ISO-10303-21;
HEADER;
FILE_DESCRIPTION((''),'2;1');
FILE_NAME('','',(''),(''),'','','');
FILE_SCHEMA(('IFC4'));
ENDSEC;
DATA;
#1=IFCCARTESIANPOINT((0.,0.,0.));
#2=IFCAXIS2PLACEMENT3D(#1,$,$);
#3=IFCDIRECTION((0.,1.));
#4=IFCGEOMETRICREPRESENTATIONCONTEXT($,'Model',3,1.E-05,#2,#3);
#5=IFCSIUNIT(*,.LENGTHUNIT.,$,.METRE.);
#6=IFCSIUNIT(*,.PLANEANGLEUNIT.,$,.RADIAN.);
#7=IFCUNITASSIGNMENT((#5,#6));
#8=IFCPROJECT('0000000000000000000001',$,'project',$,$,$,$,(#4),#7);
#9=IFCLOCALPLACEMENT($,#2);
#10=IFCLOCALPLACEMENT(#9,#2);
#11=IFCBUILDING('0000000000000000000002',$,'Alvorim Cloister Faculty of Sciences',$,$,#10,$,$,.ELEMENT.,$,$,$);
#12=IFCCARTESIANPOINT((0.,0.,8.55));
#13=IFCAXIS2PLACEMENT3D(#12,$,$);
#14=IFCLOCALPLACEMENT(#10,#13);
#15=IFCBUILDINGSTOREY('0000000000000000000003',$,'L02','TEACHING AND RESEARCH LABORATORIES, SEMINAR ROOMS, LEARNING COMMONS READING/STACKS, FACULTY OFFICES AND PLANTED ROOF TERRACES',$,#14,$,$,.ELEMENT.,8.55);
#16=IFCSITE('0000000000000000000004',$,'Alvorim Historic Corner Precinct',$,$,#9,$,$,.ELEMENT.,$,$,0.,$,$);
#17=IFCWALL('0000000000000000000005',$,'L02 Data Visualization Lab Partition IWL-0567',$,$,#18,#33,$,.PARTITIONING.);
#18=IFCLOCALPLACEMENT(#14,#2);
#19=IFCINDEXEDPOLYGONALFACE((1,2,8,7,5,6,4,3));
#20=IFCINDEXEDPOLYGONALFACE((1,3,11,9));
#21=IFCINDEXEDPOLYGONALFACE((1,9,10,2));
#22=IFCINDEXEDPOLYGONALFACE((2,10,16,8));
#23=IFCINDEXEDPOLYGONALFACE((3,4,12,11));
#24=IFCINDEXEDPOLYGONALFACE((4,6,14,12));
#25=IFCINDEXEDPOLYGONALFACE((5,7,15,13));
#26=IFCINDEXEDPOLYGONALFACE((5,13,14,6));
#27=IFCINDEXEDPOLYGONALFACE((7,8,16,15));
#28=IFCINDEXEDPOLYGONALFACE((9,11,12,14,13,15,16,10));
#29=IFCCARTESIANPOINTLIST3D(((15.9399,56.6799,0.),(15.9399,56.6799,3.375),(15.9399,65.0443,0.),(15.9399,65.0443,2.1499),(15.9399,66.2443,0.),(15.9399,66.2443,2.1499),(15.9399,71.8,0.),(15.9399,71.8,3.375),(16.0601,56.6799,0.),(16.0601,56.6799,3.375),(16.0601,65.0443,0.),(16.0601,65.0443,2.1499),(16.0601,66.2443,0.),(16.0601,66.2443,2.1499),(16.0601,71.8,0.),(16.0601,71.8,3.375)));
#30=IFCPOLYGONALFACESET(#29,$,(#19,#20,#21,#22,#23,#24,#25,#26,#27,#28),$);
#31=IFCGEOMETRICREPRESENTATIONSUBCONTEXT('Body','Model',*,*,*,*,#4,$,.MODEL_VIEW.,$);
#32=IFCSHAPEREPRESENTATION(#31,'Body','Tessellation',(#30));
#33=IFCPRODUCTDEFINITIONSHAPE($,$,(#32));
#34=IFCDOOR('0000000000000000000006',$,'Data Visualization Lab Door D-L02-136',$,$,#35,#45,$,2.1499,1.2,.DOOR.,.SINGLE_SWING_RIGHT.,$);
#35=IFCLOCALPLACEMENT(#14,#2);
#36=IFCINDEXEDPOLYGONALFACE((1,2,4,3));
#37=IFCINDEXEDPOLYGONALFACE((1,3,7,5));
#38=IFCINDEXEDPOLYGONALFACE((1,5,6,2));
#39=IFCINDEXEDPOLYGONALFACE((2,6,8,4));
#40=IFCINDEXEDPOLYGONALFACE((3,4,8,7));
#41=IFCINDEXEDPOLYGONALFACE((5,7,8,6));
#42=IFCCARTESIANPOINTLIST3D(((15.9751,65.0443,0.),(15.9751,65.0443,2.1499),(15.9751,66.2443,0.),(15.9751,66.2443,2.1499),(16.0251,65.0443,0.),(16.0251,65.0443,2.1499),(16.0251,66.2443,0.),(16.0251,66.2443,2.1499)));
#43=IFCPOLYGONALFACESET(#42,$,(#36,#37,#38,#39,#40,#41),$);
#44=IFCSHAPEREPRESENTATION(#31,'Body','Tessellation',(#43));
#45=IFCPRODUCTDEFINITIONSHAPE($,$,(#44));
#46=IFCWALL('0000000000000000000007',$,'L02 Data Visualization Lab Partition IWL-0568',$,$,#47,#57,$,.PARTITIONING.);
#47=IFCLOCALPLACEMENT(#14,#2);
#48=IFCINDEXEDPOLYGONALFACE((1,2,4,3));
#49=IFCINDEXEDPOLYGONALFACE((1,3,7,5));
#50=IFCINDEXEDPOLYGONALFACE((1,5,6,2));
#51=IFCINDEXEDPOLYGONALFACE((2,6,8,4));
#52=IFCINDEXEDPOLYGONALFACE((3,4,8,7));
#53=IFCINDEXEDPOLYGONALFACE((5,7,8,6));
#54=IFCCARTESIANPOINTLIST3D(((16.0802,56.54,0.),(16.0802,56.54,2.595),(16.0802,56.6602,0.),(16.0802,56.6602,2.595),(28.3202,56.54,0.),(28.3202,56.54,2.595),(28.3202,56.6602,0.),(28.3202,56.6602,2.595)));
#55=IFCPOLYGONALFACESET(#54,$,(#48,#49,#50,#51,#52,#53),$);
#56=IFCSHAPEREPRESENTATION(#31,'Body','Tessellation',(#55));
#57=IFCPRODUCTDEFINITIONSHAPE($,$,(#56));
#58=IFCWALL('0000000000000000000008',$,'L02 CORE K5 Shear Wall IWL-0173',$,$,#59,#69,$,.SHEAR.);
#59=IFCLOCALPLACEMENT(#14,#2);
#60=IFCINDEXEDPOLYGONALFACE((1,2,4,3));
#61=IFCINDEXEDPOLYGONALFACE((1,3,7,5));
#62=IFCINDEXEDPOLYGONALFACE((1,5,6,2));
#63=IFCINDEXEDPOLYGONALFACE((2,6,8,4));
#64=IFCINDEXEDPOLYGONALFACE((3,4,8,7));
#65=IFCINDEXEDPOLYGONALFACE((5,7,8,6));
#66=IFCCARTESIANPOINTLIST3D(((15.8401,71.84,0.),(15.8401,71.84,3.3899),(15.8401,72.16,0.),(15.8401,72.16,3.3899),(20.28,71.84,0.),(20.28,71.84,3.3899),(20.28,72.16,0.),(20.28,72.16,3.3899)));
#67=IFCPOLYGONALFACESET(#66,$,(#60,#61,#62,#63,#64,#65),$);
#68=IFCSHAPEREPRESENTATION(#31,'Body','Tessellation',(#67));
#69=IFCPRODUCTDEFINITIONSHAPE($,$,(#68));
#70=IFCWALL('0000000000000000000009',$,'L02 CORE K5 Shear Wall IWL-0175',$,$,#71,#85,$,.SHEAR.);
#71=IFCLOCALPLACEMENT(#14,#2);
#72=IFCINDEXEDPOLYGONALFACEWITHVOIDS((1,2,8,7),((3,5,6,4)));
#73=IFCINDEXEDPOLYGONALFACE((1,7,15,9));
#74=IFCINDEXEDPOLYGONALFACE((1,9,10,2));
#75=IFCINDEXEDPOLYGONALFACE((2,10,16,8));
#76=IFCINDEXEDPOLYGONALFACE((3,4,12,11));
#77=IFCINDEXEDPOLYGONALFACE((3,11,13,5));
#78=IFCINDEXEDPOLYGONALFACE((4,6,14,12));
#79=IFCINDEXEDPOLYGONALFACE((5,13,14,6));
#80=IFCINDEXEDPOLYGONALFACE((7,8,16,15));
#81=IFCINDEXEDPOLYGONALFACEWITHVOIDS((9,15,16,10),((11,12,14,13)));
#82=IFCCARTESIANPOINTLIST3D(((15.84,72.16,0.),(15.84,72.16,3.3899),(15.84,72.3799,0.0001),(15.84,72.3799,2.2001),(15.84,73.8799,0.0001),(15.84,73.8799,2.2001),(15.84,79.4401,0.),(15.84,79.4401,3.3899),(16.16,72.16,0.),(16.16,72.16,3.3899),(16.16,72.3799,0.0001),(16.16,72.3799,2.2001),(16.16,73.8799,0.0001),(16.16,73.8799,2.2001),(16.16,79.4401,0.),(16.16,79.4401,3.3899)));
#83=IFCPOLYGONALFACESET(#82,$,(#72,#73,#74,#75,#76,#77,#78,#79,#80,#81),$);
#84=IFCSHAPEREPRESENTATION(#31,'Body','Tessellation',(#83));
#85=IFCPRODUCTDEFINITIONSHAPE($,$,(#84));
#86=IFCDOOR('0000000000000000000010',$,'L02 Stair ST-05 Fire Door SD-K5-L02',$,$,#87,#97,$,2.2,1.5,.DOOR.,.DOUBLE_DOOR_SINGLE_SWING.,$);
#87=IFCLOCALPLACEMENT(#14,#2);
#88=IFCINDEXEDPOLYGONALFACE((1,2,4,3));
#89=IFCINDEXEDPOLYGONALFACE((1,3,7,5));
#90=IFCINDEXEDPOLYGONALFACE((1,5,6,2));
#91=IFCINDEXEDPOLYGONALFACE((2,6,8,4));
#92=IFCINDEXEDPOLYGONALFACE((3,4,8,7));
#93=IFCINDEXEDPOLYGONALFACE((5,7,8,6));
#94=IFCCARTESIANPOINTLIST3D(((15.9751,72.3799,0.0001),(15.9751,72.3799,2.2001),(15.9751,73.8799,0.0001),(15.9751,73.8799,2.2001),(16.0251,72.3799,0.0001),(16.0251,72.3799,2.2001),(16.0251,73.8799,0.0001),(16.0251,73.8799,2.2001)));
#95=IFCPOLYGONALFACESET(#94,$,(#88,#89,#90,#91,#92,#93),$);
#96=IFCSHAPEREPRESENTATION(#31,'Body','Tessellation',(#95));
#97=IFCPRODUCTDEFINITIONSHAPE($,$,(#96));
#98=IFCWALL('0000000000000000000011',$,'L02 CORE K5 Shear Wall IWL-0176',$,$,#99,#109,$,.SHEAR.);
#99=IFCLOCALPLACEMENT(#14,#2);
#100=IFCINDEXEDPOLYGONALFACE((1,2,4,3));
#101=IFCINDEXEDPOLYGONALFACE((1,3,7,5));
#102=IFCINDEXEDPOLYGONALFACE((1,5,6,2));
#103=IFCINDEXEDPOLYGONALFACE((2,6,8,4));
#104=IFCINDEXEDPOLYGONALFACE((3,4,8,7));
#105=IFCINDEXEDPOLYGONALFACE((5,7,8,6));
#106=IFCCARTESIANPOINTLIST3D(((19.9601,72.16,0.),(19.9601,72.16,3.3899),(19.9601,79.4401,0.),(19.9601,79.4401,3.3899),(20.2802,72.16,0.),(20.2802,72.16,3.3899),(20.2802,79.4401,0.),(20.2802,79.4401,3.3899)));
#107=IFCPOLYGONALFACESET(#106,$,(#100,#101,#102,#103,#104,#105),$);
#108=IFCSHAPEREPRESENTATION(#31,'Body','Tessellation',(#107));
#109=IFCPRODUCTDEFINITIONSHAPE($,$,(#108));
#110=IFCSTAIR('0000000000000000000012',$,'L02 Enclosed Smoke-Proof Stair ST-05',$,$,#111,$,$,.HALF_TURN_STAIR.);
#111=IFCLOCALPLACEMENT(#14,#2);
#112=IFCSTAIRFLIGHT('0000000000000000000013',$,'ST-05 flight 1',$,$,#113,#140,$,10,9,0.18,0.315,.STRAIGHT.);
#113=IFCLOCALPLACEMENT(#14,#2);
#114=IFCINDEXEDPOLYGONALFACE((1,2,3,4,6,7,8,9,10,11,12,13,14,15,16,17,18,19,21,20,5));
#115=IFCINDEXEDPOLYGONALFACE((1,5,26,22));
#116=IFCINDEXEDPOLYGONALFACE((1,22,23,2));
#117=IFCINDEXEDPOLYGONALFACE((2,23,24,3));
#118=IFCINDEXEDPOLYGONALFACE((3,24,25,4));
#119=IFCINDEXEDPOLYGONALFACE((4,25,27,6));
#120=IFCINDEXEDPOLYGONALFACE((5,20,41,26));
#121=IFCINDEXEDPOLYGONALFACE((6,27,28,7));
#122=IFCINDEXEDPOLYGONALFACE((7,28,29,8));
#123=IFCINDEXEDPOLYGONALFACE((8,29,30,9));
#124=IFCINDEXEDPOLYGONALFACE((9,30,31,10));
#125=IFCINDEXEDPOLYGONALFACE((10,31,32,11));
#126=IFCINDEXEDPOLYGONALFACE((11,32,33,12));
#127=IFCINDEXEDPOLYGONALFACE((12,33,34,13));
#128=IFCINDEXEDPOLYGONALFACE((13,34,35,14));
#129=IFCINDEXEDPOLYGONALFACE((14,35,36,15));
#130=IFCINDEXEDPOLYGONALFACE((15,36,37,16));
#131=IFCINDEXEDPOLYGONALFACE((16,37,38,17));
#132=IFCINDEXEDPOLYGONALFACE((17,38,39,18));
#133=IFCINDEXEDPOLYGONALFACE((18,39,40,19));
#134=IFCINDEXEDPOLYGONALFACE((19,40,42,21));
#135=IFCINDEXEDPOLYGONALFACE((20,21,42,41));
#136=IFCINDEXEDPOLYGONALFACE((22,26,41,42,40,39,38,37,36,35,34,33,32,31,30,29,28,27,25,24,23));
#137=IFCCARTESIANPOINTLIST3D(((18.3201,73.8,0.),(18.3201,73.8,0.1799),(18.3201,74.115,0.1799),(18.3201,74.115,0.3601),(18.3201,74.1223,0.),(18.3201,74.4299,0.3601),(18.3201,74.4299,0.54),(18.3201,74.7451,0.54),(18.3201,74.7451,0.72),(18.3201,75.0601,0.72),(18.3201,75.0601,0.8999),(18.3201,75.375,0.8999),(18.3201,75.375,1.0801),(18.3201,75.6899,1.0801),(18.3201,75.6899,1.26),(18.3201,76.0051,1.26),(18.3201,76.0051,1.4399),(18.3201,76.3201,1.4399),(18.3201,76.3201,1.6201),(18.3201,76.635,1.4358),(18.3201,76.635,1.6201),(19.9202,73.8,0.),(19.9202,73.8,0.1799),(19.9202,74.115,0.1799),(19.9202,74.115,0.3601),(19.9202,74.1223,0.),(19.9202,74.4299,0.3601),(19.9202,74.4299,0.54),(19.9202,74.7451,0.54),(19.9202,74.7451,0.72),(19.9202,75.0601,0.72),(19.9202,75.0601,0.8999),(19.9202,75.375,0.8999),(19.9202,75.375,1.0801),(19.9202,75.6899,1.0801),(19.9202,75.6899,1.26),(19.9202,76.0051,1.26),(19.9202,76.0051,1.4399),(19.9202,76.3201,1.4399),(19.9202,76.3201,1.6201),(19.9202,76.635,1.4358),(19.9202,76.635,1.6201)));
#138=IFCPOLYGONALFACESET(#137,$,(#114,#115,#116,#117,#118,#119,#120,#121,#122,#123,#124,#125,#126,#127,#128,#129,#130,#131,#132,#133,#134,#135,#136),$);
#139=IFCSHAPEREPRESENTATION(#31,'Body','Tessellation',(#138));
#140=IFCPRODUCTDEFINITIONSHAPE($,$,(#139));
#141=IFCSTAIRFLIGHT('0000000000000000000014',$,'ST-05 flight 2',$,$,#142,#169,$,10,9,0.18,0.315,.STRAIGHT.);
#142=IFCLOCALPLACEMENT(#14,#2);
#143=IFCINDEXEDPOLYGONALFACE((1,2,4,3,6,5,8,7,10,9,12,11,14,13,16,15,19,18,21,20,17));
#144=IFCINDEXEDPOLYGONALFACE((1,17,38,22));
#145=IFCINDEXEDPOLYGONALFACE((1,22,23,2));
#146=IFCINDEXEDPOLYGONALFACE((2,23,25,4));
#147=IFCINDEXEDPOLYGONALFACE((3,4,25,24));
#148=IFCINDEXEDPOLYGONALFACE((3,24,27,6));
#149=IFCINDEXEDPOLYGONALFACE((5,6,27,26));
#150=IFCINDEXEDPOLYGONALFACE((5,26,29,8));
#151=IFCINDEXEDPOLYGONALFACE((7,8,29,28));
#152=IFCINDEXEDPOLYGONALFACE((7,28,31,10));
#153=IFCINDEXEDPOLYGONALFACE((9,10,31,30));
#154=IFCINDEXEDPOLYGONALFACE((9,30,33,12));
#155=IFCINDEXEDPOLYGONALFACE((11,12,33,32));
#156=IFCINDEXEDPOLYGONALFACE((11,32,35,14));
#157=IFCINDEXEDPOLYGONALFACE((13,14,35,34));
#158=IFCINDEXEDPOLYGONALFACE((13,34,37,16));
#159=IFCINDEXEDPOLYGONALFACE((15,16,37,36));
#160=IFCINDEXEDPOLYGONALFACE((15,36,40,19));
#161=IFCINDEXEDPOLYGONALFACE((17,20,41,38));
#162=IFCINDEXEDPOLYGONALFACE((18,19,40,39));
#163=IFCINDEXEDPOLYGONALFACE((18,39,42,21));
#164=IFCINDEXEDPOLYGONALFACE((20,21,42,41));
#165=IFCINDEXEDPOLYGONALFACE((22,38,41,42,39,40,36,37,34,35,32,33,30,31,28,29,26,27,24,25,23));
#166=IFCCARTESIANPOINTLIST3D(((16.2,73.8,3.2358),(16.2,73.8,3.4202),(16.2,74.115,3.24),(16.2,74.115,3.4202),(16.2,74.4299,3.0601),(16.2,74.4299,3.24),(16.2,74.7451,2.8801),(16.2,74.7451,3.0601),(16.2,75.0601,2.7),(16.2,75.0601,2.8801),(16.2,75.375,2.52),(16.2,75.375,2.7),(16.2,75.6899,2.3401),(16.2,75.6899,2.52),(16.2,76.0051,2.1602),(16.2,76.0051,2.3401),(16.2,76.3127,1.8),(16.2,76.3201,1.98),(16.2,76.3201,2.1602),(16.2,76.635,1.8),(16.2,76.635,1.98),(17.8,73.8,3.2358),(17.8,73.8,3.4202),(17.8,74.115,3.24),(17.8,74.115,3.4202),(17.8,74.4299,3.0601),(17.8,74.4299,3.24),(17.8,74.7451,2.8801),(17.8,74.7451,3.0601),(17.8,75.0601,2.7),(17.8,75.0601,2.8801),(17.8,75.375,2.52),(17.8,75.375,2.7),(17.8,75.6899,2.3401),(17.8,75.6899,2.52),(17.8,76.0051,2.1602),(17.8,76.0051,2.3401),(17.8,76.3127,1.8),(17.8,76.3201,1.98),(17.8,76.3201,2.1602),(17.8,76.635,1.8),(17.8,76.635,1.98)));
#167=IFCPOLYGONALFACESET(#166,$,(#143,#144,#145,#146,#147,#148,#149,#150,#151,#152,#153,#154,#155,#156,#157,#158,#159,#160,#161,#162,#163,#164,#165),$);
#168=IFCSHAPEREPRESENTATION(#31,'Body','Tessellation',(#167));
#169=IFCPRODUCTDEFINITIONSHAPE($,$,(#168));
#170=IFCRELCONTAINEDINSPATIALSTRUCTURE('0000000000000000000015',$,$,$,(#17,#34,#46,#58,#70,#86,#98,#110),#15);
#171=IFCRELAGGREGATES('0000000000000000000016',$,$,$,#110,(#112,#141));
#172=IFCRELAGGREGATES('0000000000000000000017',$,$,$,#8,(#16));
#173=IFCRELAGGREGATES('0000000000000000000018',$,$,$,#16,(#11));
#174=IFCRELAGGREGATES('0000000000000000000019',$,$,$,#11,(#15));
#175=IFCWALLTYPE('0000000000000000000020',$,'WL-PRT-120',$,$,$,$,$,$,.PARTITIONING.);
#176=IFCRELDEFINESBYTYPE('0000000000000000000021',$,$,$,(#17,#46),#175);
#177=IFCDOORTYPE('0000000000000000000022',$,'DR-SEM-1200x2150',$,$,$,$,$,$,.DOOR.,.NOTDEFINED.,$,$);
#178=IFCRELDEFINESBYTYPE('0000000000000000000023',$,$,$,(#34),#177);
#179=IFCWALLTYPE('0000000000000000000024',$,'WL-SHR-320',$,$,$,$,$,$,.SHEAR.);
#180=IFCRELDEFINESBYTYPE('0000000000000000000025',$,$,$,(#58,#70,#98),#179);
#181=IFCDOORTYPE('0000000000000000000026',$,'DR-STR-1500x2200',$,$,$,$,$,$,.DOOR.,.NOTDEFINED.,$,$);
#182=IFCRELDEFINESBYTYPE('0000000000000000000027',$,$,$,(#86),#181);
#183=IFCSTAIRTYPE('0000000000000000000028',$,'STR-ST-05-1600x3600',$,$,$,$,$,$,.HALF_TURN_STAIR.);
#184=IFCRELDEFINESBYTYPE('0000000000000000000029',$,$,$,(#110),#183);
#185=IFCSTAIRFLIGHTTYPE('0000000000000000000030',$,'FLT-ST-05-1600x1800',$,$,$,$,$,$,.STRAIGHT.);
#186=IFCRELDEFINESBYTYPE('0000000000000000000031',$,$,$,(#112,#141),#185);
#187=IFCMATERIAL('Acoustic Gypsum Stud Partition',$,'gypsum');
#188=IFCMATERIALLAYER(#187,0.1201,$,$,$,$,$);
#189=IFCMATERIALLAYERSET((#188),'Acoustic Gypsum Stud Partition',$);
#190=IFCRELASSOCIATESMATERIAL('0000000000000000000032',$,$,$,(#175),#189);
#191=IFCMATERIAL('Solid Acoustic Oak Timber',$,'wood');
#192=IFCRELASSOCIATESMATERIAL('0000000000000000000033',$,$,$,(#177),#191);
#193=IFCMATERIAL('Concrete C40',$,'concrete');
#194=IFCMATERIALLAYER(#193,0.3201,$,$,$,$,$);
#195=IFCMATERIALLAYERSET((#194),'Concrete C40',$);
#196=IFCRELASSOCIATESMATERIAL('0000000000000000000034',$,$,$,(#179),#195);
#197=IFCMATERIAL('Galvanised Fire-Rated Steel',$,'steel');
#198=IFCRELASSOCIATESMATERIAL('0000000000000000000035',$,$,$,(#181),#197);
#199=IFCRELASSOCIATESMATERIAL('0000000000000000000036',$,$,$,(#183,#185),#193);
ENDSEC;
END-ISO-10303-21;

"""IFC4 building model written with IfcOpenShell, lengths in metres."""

from ifc_helpers import new_model, si_unit, direction, frame, frame_2d, origin, place, context, subcontext, project, spatial, polyline, rectangle, outline, extrude, material, layer, layer_set, type_object, element, fill, aggregate, save


model = new_model("IFC4")

# Units and contexts
model_context = context("Model", 3, precision=1e-05, world=origin(), true_north=direction((0.0, 1.0)))
body_context = subcontext(model_context, "Body", "Model", "MODEL_VIEW")
ifc_project = project(units=[si_unit("LENGTHUNIT", "METRE"), si_unit("PLANEANGLEUNIT", "RADIAN")], contexts=[model_context])

# Site, building, storey
site_placement = place(None, origin())
site = spatial("IfcSite", under=ifc_project, at=site_placement, Name="Alvorim Historic Corner Precinct", CompositionType="ELEMENT", RefElevation=0.0)
building_placement = place(site_placement, origin())
building = spatial("IfcBuilding", under=site, at=building_placement, Name="Alvorim Cloister Faculty of Sciences", CompositionType="ELEMENT")
storey_placement = place(building_placement, frame((0.0, 0.0, 8.55)))
storey = spatial("IfcBuildingStorey", under=building, at=storey_placement, Name="L02", Description="TEACHING AND RESEARCH LABORATORIES, SEMINAR ROOMS, LEARNING COMMONS READING/STACKS, FACULTY OFFICES AND PLANTED ROOF TERRACES", CompositionType="ELEMENT", Elevation=8.55)

# Wall, opening, door
ifc_material_1 = material(Name="Acoustic Gypsum Stud Partition", Category="gypsum")
ifc_layer_1 = layer(ifc_material_1, 0.1201)
ifc_layer_set_1 = layer_set([ifc_layer_1], Name="Acoustic Gypsum Stud Partition")
wall_type_1 = type_object("IfcWallType", Name="WL-PRT-120", PredefinedType="PARTITIONING", material=ifc_layer_set_1)
ifc_material_2 = material(Name="Solid Acoustic Oak Timber", Category="wood")
wall_1_placement = place(storey_placement, frame((16.0, 56.6799, 0.0), z_axis=(0.0, 0.0, 1.0), x_axis=(0.0, 1.0, 0.0)))
wall_1 = element("IfcWall", 1, at=wall_1_placement, inside=storey, type_object=wall_type_1, Name="L02 Data Visualization Lab Partition IWL-0567", PredefinedType="PARTITIONING", context=body_context, shape_type="SweptSolid", body=[
    extrude(rectangle(XDim=15.1201, YDim=0.1201, at=frame_2d((7.5601, 0.0))), origin(), (0.0, 0.0, 1.0), 3.375),
])
opening_1_placement = place(wall_1_placement, frame((8.3643, 0.0, 0.0)))
opening_1 = element("IfcOpeningElement", 2, at=opening_1_placement, cuts=wall_1, PredefinedType="OPENING", context=body_context, shape_type="SweptSolid", body=[
    extrude(rectangle(XDim=1.2, YDim=2.1499, at=frame_2d((0.6001, 1.075))), frame((0.0, 0.072, 0.0), z_axis=(0.0, -1.0, 0.0), x_axis=(1.0, 0.0, 0.0)), (0.0, 0.0, 1.0), 0.144),
])
door_type_1 = type_object("IfcDoorType", Name="DR-SEM-1200x2150", OperationType="NOTDEFINED", PredefinedType="DOOR", material=ifc_material_2)
door_1_placement = place(opening_1_placement, origin())
door_1 = element("IfcDoor", 3, at=door_1_placement, inside=storey, type_object=door_type_1, Name="Data Visualization Lab Door D-L02-136", OperationType="SINGLE_SWING_RIGHT", OverallHeight=2.1499, OverallWidth=1.2, PredefinedType="DOOR", context=body_context, shape_type="SweptSolid", body=[
    extrude(rectangle(XDim=1.2, YDim=2.1499, at=frame_2d((0.6001, 1.075))), frame((0.0, 0.0249, 0.0), z_axis=(0.0, -1.0, 0.0), x_axis=(1.0, 0.0, 0.0)), (0.0, 0.0, 1.0), 0.05),
])
fill(opening_1, door_1)

# Walls
wall_2_placement = place(storey_placement, frame((16.0801, 56.6001, 0.0), z_axis=(0.0, 0.0, 1.0), x_axis=(1.0, 0.0, 0.0)))
element("IfcWall", 4, at=wall_2_placement, inside=storey, type_object=wall_type_1, Name="L02 Data Visualization Lab Partition IWL-0568", PredefinedType="PARTITIONING", context=body_context, shape_type="SweptSolid", body=[
    extrude(rectangle(XDim=12.24, YDim=0.1201, at=frame_2d((6.1201, 0.0))), origin(), (0.0, 0.0, 1.0), 2.595),
])
ifc_material_3 = material(Name="Concrete C40", Category="concrete")
ifc_layer_2 = layer(ifc_material_3, 0.3201)
ifc_layer_set_2 = layer_set([ifc_layer_2], Name="Concrete C40")
wall_type_2 = type_object("IfcWallType", Name="WL-SHR-320", PredefinedType="SHEAR", material=ifc_layer_set_2)
wall_3_placement = place(storey_placement, frame((15.8401, 72.0, 0.0), z_axis=(0.0, 0.0, 1.0), x_axis=(1.0, 0.0, 0.0)))
element("IfcWall", 5, at=wall_3_placement, inside=storey, type_object=wall_type_2, Name="L02 CORE K5 Shear Wall IWL-0173", PredefinedType="SHEAR", context=body_context, shape_type="SweptSolid", body=[
    extrude(rectangle(XDim=4.4399, YDim=0.3201, at=frame_2d((2.22, 0.0))), origin(), (0.0, 0.0, 1.0), 3.3899),
])

# Wall, opening, door
wall_4_placement = place(storey_placement, frame((16.0, 72.1599, 0.0), z_axis=(0.0, 0.0, 1.0), x_axis=(0.0, 1.0, 0.0)))
wall_4 = element("IfcWall", 6, at=wall_4_placement, inside=storey, type_object=wall_type_2, Name="L02 CORE K5 Shear Wall IWL-0175", PredefinedType="SHEAR", context=body_context, shape_type="SweptSolid", body=[
    extrude(rectangle(XDim=7.28, YDim=0.3201, at=frame_2d((3.6401, 0.0))), origin(), (0.0, 0.0, 1.0), 3.3899),
])
opening_2_placement = place(wall_4_placement, frame((0.22, 0.0, 0.0)))
opening_2 = element("IfcOpeningElement", 7, at=opening_2_placement, cuts=wall_4, PredefinedType="OPENING", context=body_context, shape_type="SweptSolid", body=[
    extrude(rectangle(XDim=1.5, YDim=2.2, at=frame_2d((0.75, 1.1001))), frame((0.0, 0.1719, 0.0), z_axis=(0.0, -1.0, 0.0), x_axis=(1.0, 0.0, 0.0)), (0.0, 0.0, 1.0), 0.344),
])
ifc_material_4 = material(Name="Galvanised Fire-Rated Steel", Category="steel")
door_type_2 = type_object("IfcDoorType", Name="DR-STR-1500x2200", OperationType="NOTDEFINED", PredefinedType="DOOR", material=ifc_material_4)
door_2_placement = place(opening_2_placement, origin())
door_2 = element("IfcDoor", 8, at=door_2_placement, inside=storey, type_object=door_type_2, Name="L02 Stair ST-05 Fire Door SD-K5-L02", OperationType="DOUBLE_DOOR_SINGLE_SWING", OverallHeight=2.2, OverallWidth=1.5, PredefinedType="DOOR", context=body_context, shape_type="SweptSolid", body=[
    extrude(rectangle(XDim=1.5, YDim=2.2, at=frame_2d((0.75, 1.1001))), frame((0.0, 0.0249, 0.0), z_axis=(0.0, -1.0, 0.0), x_axis=(1.0, 0.0, 0.0)), (0.0, 0.0, 1.0), 0.05),
])
fill(opening_2, door_2)

# Wall
wall_5_placement = place(storey_placement, frame((20.1201, 72.1599, 0.0), z_axis=(0.0, 0.0, 1.0), x_axis=(0.0, 1.0, 0.0)))
element("IfcWall", 9, at=wall_5_placement, inside=storey, type_object=wall_type_2, Name="L02 CORE K5 Shear Wall IWL-0176", PredefinedType="SHEAR", context=body_context, shape_type="SweptSolid", body=[
    extrude(rectangle(XDim=7.28, YDim=0.3201, at=frame_2d((3.6401, 0.0))), origin(), (0.0, 0.0, 1.0), 3.3899),
])

# Stair, stair flights
stair_type = type_object("IfcStairType", Name="STR-ST-05-1600x3600", PredefinedType="HALF_TURN_STAIR", material=ifc_material_3)
stair_placement = place(storey_placement, origin())
stair = element("IfcStair", 10, at=stair_placement, inside=storey, type_object=stair_type, Name="L02 Enclosed Smoke-Proof Stair ST-05", PredefinedType="HALF_TURN_STAIR")
stair_flight_type = type_object("IfcStairFlightType", Name="FLT-ST-05-1600x1800", PredefinedType="STRAIGHT", material=ifc_material_3)
stair_flight_1_placement = place(storey_placement, frame((19.1201, 73.8, 0.0), z_axis=(0.0, 0.0, 1.0), x_axis=(0.0, 1.0, 0.0)))
stair_flight_1 = element("IfcStairFlight", 11, at=stair_flight_1_placement, type_object=stair_flight_type, Name="ST-05 flight 1", NumberOfRisers=10, NumberOfTreads=9, PredefinedType="STRAIGHT", RiserHeight=0.18, TreadLength=0.315, context=body_context, shape_type="SweptSolid", body=[
    extrude(outline(polyline([(0.3223, 0.0), (2.835, 1.4358), (2.835, 1.8), (2.835, 1.6201), (2.52, 1.6201), (2.52, 1.4399), (2.2051, 1.4399), (2.2051, 1.26), (1.8899, 1.26), (1.8899, 1.0801), (1.575, 1.0801), (1.575, 0.8999), (1.26, 0.8999), (1.26, 0.72), (0.9451, 0.72), (0.9451, 0.54), (0.6299, 0.54), (0.6299, 0.3601), (0.3149, 0.3601), (0.3149, 0.1799), (0.0, 0.1799), (0.0, 0.0), (0.3223, 0.0)])), frame((0.0, 0.8, 0.0), z_axis=(0.0, -1.0, 0.0), x_axis=(1.0, 0.0, 0.0)), (0.0, 0.0, 1.0), 1.6001),
])
stair_flight_2_placement = place(storey_placement, frame((17.0, 76.635, 1.8), z_axis=(0.0, 0.0, 1.0), x_axis=(0.0, -1.0, 0.0)))
stair_flight_2 = element("IfcStairFlight", 12, at=stair_flight_2_placement, type_object=stair_flight_type, Name="ST-05 flight 2", NumberOfRisers=10, NumberOfTreads=9, PredefinedType="STRAIGHT", RiserHeight=0.18, TreadLength=0.315, context=body_context, shape_type="SweptSolid", body=[
    extrude(outline(polyline([(0.3223, 0.0), (2.835, 1.4358), (2.835, 1.8), (2.835, 1.6201), (2.52, 1.6201), (2.52, 1.4399), (2.2051, 1.4399), (2.2051, 1.26), (1.8899, 1.26), (1.8899, 1.0801), (1.575, 1.0801), (1.575, 0.8999), (1.26, 0.8999), (1.26, 0.72), (0.9451, 0.72), (0.9451, 0.54), (0.6299, 0.54), (0.6299, 0.3601), (0.3149, 0.3601), (0.3149, 0.1799), (0.0, 0.1799), (0.0, 0.0), (0.3223, 0.0)])), frame((0.0, 0.8, 0.0), z_axis=(0.0, -1.0, 0.0), x_axis=(1.0, 0.0, 0.0)), (0.0, 0.0, 1.0), 1.6001),
])
aggregate(stair, [stair_flight_1, stair_flight_2])

save(model, "model.ifc")
